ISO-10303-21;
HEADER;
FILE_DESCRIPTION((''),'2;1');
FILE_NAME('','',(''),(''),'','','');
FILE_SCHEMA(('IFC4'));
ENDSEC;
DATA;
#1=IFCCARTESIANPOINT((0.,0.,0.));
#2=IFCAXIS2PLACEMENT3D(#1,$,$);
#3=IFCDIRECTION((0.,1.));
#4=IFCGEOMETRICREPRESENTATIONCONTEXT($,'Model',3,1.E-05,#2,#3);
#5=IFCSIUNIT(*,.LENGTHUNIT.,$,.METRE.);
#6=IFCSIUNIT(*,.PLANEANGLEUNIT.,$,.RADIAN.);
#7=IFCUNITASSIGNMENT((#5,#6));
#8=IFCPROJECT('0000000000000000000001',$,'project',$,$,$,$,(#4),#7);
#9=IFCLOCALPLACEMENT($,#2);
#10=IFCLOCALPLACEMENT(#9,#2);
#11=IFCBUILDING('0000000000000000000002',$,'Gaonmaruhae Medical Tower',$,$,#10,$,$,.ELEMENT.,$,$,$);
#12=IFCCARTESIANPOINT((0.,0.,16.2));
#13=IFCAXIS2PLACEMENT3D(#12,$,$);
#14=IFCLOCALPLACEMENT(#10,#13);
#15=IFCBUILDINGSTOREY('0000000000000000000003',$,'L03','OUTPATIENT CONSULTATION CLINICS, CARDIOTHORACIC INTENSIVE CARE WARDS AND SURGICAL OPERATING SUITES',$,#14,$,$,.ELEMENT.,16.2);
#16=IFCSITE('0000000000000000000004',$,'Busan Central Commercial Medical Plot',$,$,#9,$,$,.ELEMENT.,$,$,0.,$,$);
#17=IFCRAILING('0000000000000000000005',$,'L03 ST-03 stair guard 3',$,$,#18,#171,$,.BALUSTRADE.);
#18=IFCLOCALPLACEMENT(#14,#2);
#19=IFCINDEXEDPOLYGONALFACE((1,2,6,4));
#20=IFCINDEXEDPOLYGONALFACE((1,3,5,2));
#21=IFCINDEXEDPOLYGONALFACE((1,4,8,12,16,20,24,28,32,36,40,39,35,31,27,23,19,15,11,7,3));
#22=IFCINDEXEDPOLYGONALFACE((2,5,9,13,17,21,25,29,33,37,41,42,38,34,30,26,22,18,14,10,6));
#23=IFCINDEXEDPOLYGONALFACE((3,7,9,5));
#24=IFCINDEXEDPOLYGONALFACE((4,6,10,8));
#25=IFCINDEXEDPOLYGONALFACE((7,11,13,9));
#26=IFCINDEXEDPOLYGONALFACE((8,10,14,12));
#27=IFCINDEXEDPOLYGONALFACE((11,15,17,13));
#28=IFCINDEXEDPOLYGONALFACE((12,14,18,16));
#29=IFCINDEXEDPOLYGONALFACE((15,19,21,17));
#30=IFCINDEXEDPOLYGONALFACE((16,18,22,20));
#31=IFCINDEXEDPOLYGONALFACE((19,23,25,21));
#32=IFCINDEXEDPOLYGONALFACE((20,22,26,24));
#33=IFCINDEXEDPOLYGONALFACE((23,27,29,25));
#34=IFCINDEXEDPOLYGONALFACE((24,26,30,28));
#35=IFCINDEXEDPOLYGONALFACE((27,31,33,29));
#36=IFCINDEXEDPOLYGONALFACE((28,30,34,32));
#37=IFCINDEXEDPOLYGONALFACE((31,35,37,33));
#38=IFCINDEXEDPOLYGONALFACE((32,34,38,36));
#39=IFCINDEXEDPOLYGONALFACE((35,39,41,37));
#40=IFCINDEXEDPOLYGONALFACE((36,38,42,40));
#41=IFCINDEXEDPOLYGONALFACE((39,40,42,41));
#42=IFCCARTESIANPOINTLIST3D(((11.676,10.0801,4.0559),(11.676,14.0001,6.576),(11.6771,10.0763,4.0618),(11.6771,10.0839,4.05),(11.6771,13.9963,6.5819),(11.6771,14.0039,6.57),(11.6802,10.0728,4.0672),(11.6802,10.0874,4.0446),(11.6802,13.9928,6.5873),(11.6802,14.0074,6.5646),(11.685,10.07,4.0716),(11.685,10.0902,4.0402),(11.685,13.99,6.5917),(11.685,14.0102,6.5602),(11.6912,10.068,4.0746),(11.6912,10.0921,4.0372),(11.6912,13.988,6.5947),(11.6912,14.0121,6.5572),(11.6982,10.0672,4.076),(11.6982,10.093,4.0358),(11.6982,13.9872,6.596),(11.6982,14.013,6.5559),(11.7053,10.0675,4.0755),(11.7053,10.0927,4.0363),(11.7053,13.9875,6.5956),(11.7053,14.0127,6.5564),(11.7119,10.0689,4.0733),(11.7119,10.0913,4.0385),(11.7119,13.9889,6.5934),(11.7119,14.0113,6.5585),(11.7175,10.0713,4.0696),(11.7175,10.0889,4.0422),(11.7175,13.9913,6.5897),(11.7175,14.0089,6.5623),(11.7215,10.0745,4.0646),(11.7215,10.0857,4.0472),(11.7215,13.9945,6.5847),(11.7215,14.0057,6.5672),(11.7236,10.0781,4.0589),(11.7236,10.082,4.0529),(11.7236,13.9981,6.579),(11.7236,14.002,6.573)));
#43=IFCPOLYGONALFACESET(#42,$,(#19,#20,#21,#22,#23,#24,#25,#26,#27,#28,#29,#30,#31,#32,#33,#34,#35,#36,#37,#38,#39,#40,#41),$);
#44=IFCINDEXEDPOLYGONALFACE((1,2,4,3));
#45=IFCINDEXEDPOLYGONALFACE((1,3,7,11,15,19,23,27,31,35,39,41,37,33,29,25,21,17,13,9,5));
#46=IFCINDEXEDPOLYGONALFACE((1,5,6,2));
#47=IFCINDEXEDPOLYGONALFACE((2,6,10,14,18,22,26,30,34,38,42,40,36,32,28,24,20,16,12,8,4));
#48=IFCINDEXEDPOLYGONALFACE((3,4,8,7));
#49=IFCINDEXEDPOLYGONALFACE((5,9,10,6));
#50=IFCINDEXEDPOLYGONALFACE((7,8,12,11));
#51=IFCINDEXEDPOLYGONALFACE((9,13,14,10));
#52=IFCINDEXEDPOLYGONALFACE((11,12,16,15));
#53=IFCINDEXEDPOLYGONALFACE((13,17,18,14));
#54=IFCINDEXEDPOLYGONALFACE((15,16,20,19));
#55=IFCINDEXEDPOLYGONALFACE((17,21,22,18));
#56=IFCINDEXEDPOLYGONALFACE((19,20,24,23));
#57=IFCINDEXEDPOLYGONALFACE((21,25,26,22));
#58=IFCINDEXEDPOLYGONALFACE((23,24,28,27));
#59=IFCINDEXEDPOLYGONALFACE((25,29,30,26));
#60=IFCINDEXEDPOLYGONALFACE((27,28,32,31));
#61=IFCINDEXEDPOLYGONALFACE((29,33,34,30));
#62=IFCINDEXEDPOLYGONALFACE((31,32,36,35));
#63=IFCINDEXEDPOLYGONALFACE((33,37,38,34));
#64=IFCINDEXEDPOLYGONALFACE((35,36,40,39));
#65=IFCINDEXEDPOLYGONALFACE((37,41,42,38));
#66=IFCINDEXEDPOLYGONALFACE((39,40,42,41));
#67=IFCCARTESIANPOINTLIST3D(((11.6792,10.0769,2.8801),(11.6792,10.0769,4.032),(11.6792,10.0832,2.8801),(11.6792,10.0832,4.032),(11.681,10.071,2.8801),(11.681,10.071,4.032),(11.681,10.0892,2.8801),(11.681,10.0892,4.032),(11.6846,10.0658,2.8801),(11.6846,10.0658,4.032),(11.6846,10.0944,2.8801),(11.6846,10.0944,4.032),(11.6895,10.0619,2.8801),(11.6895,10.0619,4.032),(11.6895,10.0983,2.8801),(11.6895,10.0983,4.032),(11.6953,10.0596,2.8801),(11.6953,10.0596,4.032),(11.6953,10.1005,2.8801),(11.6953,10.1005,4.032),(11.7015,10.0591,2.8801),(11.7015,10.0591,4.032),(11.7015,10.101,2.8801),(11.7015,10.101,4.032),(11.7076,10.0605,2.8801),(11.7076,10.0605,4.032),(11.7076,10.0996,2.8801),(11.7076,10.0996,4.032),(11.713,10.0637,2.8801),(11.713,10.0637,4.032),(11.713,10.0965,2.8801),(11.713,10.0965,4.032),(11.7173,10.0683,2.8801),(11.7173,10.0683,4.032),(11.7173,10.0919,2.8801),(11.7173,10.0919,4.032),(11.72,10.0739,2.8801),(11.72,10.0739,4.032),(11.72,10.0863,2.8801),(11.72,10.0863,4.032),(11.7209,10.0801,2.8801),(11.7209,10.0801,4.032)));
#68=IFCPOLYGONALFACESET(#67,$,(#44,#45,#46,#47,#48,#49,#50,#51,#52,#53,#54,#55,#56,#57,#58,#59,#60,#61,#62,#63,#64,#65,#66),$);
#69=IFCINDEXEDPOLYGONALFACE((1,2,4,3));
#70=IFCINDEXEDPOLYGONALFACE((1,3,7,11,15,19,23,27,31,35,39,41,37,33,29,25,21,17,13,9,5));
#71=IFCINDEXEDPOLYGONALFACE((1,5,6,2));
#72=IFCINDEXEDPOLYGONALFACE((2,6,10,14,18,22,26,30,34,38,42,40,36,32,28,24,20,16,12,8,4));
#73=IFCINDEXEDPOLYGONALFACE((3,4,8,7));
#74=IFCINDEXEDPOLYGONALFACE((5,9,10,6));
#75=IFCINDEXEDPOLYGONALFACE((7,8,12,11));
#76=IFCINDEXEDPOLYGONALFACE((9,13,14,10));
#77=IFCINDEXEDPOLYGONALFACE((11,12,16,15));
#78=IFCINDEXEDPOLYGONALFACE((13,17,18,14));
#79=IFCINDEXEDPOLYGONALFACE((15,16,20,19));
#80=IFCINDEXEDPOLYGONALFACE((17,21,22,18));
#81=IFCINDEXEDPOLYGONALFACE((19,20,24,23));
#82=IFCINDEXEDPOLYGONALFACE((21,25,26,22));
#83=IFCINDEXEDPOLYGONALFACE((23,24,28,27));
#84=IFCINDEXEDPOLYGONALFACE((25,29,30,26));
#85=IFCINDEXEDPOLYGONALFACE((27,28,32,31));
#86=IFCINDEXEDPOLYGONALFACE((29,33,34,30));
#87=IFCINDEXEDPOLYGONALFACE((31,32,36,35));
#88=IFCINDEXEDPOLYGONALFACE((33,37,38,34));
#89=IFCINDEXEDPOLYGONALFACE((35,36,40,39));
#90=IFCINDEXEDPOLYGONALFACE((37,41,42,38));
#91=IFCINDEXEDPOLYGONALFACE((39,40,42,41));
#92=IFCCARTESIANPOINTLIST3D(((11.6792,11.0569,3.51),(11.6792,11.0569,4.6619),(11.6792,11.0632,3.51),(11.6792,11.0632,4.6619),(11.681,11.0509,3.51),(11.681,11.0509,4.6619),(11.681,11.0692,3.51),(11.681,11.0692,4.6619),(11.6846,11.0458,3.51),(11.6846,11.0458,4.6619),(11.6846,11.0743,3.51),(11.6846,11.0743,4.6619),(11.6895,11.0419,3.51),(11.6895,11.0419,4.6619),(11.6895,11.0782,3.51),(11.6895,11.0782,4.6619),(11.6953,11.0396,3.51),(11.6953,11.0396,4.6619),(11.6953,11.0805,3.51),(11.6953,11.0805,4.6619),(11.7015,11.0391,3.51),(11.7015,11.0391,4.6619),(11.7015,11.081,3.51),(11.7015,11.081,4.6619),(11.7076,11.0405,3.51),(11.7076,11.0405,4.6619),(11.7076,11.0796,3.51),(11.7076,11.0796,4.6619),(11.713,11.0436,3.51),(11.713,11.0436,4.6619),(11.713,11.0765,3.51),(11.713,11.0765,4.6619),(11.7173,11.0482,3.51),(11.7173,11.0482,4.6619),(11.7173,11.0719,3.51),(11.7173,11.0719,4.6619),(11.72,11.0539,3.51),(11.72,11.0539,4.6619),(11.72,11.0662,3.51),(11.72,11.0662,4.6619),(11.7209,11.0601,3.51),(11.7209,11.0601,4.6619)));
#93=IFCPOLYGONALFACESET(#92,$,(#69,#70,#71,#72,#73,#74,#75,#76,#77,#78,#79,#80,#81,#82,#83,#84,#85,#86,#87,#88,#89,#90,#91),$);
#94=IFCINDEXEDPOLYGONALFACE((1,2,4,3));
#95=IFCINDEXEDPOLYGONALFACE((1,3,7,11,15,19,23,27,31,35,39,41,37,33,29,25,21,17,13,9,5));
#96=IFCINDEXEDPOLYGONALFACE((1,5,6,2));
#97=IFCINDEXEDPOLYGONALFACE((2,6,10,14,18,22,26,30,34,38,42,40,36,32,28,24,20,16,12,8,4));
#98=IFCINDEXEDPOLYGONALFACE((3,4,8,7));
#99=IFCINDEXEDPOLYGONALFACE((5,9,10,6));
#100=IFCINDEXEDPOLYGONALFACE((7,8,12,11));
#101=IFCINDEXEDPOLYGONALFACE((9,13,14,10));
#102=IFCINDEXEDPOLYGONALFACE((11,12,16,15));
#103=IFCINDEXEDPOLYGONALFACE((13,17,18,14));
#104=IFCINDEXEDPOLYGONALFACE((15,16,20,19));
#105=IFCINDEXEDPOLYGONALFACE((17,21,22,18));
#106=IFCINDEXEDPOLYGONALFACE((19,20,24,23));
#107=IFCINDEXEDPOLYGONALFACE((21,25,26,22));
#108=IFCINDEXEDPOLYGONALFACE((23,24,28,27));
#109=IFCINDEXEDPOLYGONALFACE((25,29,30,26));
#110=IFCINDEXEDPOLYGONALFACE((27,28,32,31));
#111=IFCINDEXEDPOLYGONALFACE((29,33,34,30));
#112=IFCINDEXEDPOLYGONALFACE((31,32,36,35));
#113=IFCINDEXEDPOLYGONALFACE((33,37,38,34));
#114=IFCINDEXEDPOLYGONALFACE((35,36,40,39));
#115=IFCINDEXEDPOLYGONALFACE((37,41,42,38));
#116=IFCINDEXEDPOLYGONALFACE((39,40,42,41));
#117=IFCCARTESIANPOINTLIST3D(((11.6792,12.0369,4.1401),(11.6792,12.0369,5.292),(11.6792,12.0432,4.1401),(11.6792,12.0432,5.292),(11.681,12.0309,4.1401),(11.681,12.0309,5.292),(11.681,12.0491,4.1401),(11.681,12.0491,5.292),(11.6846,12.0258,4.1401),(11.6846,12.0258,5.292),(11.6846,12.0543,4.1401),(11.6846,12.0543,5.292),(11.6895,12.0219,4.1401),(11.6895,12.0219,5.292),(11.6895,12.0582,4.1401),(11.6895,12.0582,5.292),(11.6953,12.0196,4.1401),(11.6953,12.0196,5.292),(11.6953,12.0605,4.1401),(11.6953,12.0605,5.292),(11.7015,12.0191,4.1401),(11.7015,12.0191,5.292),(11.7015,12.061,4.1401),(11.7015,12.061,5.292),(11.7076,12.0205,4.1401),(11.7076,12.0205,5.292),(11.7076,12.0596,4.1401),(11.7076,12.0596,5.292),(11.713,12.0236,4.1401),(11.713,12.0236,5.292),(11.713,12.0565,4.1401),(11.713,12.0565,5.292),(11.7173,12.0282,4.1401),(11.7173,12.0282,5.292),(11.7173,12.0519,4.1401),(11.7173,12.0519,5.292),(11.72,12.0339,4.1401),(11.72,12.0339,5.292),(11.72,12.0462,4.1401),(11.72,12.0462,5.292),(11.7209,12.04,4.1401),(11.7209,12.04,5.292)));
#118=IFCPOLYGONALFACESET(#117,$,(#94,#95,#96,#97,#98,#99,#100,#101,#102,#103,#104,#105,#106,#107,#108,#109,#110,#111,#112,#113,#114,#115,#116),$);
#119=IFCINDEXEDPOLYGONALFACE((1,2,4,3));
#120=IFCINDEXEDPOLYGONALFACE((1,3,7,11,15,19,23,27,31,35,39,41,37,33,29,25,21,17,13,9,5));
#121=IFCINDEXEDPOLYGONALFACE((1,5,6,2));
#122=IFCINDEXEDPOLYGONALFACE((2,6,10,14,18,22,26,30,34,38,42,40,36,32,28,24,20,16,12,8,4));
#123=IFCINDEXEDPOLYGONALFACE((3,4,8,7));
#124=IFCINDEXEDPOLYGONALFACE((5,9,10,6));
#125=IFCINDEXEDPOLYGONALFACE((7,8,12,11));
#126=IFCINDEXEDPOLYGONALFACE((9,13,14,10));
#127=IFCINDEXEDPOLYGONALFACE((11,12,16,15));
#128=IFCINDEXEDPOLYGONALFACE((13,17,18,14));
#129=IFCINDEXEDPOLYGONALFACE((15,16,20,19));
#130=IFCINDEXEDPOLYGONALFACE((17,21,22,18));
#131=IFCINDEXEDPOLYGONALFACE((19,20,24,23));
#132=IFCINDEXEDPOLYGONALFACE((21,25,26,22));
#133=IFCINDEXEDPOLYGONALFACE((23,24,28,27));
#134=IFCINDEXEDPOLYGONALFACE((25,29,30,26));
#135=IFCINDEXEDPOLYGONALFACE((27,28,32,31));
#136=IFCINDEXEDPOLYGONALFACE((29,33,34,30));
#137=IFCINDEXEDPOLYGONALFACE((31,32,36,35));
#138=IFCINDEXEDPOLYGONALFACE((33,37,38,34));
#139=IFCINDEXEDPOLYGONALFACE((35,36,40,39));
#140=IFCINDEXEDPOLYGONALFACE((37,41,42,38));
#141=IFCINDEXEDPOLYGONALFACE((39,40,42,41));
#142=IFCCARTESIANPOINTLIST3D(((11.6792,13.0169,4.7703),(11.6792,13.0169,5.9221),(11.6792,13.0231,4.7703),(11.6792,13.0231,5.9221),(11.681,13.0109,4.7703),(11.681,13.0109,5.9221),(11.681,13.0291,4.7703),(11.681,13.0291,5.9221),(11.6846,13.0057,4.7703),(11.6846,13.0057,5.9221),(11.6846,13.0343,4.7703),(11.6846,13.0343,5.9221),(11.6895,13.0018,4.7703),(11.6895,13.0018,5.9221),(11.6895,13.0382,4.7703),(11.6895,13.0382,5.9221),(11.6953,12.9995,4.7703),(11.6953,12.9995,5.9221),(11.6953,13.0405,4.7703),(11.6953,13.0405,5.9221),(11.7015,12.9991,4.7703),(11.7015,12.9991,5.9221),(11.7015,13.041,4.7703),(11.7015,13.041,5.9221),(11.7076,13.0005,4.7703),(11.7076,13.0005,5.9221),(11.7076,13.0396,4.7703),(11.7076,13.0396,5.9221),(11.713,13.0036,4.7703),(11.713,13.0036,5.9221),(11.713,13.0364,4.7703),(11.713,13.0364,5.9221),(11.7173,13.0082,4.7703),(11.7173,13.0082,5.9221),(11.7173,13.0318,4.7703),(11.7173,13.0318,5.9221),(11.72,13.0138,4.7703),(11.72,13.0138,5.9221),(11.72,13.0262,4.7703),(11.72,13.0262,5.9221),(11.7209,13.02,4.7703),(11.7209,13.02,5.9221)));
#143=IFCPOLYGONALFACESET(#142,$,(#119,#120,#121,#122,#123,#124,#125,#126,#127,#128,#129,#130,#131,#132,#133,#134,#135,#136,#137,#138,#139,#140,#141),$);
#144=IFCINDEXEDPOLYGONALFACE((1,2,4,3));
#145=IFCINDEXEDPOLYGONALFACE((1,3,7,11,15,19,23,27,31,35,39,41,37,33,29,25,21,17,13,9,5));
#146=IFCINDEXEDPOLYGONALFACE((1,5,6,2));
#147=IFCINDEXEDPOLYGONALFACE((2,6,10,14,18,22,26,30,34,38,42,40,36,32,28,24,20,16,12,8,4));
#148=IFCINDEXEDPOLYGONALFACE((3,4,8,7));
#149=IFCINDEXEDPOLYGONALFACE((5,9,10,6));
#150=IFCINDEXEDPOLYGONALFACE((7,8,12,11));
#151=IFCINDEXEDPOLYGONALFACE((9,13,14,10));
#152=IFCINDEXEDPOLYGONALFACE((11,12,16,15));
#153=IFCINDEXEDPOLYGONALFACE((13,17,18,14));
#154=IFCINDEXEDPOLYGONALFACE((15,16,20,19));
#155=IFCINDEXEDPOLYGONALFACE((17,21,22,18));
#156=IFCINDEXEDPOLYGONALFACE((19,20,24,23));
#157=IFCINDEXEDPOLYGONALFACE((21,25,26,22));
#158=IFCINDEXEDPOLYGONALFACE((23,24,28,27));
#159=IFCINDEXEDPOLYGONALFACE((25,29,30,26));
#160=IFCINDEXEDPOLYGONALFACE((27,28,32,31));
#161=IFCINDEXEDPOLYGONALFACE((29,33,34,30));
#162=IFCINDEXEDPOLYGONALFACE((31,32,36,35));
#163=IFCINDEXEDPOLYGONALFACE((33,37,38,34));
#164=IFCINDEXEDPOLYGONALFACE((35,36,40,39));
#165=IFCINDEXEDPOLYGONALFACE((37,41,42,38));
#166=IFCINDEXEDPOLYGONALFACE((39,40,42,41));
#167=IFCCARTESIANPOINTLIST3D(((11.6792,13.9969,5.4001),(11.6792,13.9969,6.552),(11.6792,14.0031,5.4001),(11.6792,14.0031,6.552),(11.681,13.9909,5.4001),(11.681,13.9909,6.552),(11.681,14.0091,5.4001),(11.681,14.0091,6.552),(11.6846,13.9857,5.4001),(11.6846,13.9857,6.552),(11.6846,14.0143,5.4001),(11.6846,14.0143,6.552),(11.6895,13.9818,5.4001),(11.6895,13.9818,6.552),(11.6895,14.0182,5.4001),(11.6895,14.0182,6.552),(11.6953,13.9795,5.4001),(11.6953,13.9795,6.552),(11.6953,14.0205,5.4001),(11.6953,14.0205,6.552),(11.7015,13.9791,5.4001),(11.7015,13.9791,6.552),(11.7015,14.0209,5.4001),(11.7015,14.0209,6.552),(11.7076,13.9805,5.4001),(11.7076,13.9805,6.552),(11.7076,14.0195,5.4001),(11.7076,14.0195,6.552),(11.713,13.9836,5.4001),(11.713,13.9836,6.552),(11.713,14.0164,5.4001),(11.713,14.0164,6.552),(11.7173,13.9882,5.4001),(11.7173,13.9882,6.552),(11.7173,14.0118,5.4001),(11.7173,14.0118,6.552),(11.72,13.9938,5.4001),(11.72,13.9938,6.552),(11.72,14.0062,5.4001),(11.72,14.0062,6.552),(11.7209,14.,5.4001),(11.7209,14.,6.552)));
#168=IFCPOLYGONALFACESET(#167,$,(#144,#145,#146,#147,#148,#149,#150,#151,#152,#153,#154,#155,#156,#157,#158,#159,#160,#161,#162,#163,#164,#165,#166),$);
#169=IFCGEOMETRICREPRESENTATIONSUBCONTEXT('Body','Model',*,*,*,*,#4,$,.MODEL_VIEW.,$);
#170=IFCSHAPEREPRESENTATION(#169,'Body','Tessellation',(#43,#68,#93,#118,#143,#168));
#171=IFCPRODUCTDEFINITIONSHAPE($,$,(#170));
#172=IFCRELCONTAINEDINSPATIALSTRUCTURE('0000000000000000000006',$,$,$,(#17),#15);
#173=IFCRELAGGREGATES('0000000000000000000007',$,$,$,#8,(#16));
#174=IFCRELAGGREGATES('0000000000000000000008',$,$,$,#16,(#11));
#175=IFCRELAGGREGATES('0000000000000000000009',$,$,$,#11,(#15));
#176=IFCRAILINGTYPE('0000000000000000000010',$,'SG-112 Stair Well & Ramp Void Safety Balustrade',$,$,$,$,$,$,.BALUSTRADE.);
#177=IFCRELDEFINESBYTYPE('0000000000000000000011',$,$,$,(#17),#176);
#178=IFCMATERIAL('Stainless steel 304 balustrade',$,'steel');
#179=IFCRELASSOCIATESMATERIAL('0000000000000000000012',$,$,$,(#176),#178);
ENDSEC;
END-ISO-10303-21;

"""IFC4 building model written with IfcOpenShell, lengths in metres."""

from ifc_helpers import new_model, si_unit, direction, frame, origin, origin_2d, place, context, subcontext, project, spatial, circle, extrude, material, type_object, element, save


model = new_model("IFC4")

# Units and contexts
model_context = context("Model", 3, precision=1e-05, world=origin(), true_north=direction((0.0, 1.0)))
body_context = subcontext(model_context, "Body", "Model", "MODEL_VIEW")
ifc_project = project(units=[si_unit("LENGTHUNIT", "METRE"), si_unit("PLANEANGLEUNIT", "RADIAN")], contexts=[model_context])

# Site, building, storey
site_placement = place(None, origin())
site = spatial("IfcSite", under=ifc_project, at=site_placement, Name="Busan Central Commercial Medical Plot", CompositionType="ELEMENT", RefElevation=0.0)
building_placement = place(site_placement, origin())
building = spatial("IfcBuilding", under=site, at=building_placement, Name="Gaonmaruhae Medical Tower", CompositionType="ELEMENT")
storey_placement = place(building_placement, frame((0.0, 0.0, 16.2)))
storey = spatial("IfcBuildingStorey", under=building, at=storey_placement, Name="L03", Description="OUTPATIENT CONSULTATION CLINICS, CARDIOTHORACIC INTENSIVE CARE WARDS AND SURGICAL OPERATING SUITES", CompositionType="ELEMENT", Elevation=16.2)

# Railing
ifc_material_1 = material(Name="Stainless steel 304 balustrade", Category="steel")
railing_type_1 = type_object("IfcRailingType", Name="SG-112 Stair Well & Ramp Void Safety Balustrade", PredefinedType="BALUSTRADE", material=ifc_material_1)
railing_1_placement = place(storey_placement, frame((11.7, 10.0801, 2.8801)))
element("IfcRailing", 1, at=railing_1_placement, inside=storey, type_object=railing_type_1, Name="L03 ST-03 stair guard 3", PredefinedType="BALUSTRADE", context=body_context, shape_type="SweptSolid", body=[
    extrude(circle(Radius=0.0239, at=origin_2d()), frame((0.0, 0.0, 1.1758), z_axis=(0.0, 0.841172, 0.540768), x_axis=(-1.0, 0.0, 0.0)), (0.0, 0.0, 1.0), 4.6602),
    extrude(circle(Radius=0.021, at=origin_2d()), origin(), (0.0, 0.0, 1.0), 1.1519),
    extrude(circle(Radius=0.021, at=origin_2d()), frame((0.0, 0.98, 0.6299)), (0.0, 0.0, 1.0), 1.1519),
    extrude(circle(Radius=0.021, at=origin_2d()), frame((0.0, 1.96, 1.26)), (0.0, 0.0, 1.0), 1.1519),
    extrude(circle(Radius=0.021, at=origin_2d()), frame((0.0, 2.9399, 1.8901)), (0.0, 0.0, 1.0), 1.1519),
    extrude(circle(Radius=0.021, at=origin_2d()), frame((0.0, 3.9199, 2.52)), (0.0, 0.0, 1.0), 1.1519),
])

save(model, "model.ifc")
